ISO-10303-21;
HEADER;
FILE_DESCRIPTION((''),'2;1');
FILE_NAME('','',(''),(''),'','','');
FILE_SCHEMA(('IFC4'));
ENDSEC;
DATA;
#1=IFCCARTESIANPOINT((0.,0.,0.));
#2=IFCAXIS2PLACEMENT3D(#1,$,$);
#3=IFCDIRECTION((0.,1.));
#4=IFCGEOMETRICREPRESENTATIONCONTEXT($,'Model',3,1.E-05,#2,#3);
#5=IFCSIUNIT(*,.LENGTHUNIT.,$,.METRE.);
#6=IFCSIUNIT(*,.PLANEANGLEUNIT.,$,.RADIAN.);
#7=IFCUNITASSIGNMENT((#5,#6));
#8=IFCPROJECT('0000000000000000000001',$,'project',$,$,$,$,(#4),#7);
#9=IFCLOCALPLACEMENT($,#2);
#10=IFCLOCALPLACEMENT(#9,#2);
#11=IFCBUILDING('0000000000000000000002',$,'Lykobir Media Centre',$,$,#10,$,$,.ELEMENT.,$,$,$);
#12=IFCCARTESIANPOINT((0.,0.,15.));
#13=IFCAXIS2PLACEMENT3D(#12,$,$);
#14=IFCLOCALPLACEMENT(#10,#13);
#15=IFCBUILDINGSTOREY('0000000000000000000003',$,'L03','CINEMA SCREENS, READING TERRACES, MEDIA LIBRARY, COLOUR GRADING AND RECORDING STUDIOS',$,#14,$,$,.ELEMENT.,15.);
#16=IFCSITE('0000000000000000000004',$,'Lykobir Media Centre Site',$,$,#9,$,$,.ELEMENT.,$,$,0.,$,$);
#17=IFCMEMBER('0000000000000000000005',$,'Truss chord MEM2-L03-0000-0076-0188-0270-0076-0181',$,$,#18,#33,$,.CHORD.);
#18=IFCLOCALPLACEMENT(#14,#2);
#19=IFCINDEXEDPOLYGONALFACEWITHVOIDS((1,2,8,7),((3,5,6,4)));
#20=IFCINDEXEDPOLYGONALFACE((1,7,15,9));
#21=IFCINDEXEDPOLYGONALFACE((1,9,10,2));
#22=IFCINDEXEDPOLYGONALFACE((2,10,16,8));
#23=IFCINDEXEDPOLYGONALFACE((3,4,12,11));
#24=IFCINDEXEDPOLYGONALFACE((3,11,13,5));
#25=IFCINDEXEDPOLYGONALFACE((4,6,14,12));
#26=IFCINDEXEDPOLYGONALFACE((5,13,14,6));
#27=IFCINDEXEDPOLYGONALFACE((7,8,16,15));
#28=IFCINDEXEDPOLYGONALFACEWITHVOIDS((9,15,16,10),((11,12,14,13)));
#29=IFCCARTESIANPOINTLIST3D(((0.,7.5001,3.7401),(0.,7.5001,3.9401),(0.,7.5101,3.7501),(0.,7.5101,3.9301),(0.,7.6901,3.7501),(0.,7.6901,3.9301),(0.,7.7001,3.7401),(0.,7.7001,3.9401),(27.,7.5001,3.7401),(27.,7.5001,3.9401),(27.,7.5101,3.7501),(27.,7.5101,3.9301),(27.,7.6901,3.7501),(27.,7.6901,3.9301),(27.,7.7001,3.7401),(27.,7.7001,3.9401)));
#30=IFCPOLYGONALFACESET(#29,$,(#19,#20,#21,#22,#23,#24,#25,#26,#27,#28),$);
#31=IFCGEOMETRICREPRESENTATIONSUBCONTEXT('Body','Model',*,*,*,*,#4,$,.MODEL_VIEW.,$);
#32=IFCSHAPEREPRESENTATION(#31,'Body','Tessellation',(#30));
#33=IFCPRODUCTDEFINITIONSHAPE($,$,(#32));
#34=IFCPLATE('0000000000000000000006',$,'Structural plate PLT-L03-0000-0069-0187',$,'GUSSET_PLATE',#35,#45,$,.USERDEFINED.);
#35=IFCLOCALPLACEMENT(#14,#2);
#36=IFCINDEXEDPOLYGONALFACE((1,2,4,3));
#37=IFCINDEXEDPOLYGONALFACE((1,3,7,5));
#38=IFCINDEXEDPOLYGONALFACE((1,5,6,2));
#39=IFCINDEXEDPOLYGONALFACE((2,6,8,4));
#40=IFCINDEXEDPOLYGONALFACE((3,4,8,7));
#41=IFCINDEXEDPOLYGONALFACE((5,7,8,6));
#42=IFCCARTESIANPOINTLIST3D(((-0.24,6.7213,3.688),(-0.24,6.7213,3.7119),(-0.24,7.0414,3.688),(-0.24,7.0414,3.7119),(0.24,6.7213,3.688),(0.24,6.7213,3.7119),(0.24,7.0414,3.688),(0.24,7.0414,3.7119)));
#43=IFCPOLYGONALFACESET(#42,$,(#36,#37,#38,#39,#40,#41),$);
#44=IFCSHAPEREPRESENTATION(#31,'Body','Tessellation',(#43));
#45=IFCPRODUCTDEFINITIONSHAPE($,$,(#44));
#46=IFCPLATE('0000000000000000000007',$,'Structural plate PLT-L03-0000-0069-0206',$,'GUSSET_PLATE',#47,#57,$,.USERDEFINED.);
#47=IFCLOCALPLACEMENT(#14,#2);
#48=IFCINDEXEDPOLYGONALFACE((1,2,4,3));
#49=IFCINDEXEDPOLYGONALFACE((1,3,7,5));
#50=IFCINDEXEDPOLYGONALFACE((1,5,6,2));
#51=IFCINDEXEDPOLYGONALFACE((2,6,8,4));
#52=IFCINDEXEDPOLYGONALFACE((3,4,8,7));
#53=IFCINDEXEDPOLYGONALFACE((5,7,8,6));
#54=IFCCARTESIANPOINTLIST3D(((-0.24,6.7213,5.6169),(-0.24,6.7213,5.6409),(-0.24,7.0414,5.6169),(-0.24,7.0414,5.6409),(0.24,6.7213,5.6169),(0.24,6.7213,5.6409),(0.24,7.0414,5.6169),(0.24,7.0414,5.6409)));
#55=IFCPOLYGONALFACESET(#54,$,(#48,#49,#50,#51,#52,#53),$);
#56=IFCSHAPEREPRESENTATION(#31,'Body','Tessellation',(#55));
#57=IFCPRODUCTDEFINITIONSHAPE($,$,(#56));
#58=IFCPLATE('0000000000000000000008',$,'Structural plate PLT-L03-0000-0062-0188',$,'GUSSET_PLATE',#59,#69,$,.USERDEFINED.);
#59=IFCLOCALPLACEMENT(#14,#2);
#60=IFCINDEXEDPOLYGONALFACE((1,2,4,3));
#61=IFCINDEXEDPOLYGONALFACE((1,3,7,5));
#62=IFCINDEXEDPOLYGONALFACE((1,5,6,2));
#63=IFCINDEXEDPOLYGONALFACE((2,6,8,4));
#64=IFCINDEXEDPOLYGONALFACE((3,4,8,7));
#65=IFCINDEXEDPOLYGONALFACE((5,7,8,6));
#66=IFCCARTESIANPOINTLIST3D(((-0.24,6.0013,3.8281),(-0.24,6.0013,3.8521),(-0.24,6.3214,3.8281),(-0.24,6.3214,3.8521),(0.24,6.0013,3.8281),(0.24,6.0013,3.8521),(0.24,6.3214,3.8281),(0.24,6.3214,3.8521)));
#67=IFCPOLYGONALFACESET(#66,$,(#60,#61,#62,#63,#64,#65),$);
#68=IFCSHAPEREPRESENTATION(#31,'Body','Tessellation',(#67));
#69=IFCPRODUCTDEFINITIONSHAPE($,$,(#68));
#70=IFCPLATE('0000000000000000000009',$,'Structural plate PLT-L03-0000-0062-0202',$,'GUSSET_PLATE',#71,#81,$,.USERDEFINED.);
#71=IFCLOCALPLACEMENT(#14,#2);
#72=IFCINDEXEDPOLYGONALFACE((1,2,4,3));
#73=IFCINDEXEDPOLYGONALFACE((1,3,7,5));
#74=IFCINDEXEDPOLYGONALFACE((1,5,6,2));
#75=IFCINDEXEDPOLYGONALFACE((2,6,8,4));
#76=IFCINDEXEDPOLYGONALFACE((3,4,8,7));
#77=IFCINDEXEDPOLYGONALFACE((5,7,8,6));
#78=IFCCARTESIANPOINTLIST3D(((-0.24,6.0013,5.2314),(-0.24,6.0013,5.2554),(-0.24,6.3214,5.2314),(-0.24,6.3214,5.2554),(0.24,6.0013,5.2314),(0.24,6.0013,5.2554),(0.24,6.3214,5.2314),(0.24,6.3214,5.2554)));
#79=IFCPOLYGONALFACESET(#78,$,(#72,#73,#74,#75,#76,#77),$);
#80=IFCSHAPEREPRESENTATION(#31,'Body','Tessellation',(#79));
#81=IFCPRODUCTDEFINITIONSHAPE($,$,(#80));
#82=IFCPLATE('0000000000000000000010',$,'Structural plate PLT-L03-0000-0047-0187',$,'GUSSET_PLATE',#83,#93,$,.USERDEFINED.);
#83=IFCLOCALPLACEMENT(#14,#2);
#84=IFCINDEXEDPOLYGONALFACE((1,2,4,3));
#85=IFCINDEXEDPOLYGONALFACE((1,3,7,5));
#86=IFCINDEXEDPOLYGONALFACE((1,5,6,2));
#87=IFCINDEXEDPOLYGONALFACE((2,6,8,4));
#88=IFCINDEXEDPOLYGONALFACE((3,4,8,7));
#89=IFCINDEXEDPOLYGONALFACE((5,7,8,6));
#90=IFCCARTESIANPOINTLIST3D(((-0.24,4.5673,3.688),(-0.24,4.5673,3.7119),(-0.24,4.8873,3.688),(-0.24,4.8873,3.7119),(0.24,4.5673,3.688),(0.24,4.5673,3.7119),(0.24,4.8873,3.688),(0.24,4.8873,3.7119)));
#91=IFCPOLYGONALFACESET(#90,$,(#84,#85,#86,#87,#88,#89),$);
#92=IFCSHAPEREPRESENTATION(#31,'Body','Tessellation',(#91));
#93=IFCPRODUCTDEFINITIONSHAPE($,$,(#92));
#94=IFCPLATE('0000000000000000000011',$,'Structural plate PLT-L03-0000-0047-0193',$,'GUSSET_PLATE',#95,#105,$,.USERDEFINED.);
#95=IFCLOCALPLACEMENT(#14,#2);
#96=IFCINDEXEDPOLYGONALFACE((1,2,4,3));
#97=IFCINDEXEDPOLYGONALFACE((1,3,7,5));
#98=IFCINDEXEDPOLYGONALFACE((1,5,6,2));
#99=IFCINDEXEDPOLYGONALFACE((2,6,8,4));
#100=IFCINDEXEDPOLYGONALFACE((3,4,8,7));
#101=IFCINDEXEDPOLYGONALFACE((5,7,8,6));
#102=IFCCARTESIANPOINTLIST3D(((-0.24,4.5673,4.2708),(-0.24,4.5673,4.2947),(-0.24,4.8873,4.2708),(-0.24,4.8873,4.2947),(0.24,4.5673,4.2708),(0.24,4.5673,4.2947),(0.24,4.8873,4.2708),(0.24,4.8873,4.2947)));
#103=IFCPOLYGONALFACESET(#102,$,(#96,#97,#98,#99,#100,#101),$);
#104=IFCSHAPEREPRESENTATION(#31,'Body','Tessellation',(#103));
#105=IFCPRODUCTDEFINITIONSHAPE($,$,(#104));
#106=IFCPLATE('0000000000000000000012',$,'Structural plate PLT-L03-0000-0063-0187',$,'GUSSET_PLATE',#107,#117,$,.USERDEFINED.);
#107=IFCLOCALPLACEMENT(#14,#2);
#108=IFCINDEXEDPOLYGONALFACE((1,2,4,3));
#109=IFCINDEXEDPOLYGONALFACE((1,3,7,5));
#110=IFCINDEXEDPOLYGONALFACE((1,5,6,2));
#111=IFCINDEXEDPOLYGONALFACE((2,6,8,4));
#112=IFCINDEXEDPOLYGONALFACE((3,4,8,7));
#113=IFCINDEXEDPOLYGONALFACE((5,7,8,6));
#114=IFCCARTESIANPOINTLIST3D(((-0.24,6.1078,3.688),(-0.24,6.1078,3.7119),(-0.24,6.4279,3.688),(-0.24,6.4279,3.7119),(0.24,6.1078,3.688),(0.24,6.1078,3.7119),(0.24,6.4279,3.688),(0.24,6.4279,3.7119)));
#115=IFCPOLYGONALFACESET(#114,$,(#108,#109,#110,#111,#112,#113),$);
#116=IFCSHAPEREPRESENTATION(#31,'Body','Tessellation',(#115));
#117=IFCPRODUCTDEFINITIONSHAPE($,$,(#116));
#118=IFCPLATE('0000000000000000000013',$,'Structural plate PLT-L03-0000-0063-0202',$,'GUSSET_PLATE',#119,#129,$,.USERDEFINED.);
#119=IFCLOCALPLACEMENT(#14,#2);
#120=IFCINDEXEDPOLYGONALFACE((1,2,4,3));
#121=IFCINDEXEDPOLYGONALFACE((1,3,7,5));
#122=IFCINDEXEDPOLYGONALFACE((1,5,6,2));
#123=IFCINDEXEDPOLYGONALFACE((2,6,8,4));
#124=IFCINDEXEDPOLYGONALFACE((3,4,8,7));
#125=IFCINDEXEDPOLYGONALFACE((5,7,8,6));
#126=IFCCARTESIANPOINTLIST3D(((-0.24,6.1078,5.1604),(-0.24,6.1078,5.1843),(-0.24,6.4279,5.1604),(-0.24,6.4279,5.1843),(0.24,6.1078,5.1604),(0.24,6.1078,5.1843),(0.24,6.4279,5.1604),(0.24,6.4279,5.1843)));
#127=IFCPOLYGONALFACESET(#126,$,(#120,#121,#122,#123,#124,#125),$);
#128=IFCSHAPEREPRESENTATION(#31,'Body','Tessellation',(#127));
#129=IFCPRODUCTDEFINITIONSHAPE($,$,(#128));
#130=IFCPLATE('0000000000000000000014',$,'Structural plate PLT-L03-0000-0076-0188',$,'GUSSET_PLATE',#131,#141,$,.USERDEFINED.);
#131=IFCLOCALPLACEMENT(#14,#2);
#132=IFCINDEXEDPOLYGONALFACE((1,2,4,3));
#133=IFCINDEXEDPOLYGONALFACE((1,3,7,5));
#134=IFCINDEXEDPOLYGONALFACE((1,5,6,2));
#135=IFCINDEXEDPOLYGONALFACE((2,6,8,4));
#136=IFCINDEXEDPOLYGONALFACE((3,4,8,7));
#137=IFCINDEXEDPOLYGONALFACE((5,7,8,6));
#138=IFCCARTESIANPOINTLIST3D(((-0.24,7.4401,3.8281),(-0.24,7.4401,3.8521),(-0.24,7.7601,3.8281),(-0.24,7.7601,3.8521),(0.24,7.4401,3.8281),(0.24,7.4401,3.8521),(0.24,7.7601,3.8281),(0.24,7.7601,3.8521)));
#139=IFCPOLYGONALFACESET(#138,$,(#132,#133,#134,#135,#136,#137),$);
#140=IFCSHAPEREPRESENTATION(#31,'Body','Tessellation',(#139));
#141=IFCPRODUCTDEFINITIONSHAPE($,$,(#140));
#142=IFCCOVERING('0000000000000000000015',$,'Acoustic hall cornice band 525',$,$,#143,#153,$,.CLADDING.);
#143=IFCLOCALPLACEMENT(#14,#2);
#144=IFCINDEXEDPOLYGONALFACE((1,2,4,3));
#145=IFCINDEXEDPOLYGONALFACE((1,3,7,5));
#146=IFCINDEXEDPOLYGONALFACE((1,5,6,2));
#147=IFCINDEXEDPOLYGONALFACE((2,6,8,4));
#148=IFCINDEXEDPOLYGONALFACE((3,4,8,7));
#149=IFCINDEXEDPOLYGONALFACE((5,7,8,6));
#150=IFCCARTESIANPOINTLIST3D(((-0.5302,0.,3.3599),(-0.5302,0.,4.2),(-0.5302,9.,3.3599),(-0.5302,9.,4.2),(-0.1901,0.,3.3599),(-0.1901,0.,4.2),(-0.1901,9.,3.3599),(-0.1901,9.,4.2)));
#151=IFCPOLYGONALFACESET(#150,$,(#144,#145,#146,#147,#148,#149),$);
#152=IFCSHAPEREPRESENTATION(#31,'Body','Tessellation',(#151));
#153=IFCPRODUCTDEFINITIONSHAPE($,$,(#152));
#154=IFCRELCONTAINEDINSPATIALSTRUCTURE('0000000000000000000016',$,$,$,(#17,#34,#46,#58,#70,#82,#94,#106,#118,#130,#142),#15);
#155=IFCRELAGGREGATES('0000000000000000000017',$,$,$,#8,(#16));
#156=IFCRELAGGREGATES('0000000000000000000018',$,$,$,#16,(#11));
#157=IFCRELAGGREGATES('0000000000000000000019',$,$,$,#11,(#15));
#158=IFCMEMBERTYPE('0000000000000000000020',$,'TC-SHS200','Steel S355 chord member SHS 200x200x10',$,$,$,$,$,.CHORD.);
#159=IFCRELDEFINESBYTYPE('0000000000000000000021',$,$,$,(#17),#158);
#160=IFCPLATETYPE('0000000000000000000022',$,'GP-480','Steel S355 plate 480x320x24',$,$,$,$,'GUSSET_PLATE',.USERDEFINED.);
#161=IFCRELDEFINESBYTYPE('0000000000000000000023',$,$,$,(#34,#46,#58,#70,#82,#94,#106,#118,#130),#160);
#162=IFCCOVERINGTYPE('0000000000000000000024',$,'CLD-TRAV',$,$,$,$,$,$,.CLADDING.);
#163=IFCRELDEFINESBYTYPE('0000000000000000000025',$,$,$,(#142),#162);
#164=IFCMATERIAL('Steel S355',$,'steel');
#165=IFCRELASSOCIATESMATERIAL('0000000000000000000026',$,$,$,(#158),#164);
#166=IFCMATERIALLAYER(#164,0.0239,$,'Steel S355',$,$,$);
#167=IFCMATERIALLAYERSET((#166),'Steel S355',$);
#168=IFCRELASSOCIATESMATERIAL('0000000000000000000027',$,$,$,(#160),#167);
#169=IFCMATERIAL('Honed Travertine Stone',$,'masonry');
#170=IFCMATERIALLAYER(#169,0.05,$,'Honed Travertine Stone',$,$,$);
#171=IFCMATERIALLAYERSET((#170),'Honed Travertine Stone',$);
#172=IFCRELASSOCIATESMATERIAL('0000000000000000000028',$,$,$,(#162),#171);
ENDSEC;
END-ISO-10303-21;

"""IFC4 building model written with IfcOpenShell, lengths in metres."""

from ifc_helpers import new_model, si_unit, direction, frame, origin, origin_2d, place, context, subcontext, project, spatial, rectangle, hollow_rectangle, extrude, material, layer, layer_set, material_profile, profile_set, type_object, element, save


model = new_model("IFC4")

# Units and contexts
model_context = context("Model", 3, precision=1e-05, world=origin(), true_north=direction((0.0, 1.0)))
body_context = subcontext(model_context, "Body", "Model", "MODEL_VIEW")
ifc_project = project(units=[si_unit("LENGTHUNIT", "METRE"), si_unit("PLANEANGLEUNIT", "RADIAN")], contexts=[model_context])

# Site, building, storey
site_placement = place(None, origin())
site = spatial("IfcSite", under=ifc_project, at=site_placement, Name="Lykobir Media Centre Site", CompositionType="ELEMENT", RefElevation=0.0)
building_placement = place(site_placement, origin())
building = spatial("IfcBuilding", under=site, at=building_placement, Name="Lykobir Media Centre", CompositionType="ELEMENT")
storey_placement = place(building_placement, frame((0.0, 0.0, 15.0)))
storey = spatial("IfcBuildingStorey", under=building, at=storey_placement, Name="L03", Description="CINEMA SCREENS, READING TERRACES, MEDIA LIBRARY, COLOUR GRADING AND RECORDING STUDIOS", CompositionType="ELEMENT", Elevation=15.0)

# Shared definitions
ifc_material_1 = material(Name="Honed Travertine Stone", Category="masonry")

# Shared definitions
ifc_material_2 = material(Name="Steel S355", Category="steel")

# Member
ifc_material_profile_1 = material_profile(ifc_material_2, hollow_rectangle(XDim=0.2, YDim=0.2, WallThickness=0.01, at=origin_2d()), Name="SHS 200x200x10")
ifc_profile_set_1 = profile_set([ifc_material_profile_1], Name="Steel S355")
member_type_1 = type_object("IfcMemberType", Name="TC-SHS200", Description="Steel S355 chord member SHS 200x200x10", PredefinedType="CHORD", material=ifc_profile_set_1)
member_1_placement = place(storey_placement, frame((0.0, 7.6001, 3.8401), z_axis=(1.0, 0.0, 0.0), x_axis=(0.0, 1.0, 0.0)))
element("IfcMember", 1, at=member_1_placement, inside=storey, type_object=member_type_1, Name="Truss chord MEM2-L03-0000-0076-0188-0270-0076-0181", PredefinedType="CHORD", context=body_context, shape_type="SweptSolid", body=[
    extrude(hollow_rectangle(XDim=0.2, YDim=0.2, WallThickness=0.01, at=origin_2d()), origin(), (0.0, 0.0, 1.0), 27.0),
])

# Plates
ifc_layer_1 = layer(ifc_material_2, 0.0239, Name="Steel S355")
ifc_layer_set_1 = layer_set([ifc_layer_1], Name="Steel S355")
plate_type = type_object("IfcPlateType", Name="GP-480", Description="Steel S355 plate 480x320x24", ElementType="GUSSET_PLATE", PredefinedType="USERDEFINED", material=ifc_layer_set_1)
for number, where, z_axis, x_axis, name in (
    (2, (0.0, 6.8813, 3.688), (0.0, 0.0, 1.0), (1.0, 0.0, 0.0), "Structural plate PLT-L03-0000-0069-0187"),
    (3, (0.0, 6.8813, 5.6169), (0.0, 0.0, 1.0), (1.0, 0.0, 0.0), "Structural plate PLT-L03-0000-0069-0206"),
    (4, (0.0, 6.1614, 3.8281), (0.0, 0.0, 1.0), (1.0, 0.0, 0.0), "Structural plate PLT-L03-0000-0062-0188"),
    (5, (0.0, 6.1614, 5.2314), (0.0, 0.0, 1.0), (1.0, 0.0, 0.0), "Structural plate PLT-L03-0000-0062-0202"),
    (6, (0.0, 4.7273, 3.688), (0.0, 0.0, 1.0), (1.0, 0.0, 0.0), "Structural plate PLT-L03-0000-0047-0187"),
    (7, (0.0, 4.7273, 4.2708), (0.0, 0.0, 1.0), (1.0, 0.0, 0.0), "Structural plate PLT-L03-0000-0047-0193"),
    (8, (0.0, 6.2678, 3.688), (0.0, 0.0, 1.0), (1.0, 0.0, 0.0), "Structural plate PLT-L03-0000-0063-0187"),
    (9, (0.0, 6.2678, 5.1604), (0.0, 0.0, 1.0), (1.0, 0.0, 0.0), "Structural plate PLT-L03-0000-0063-0202"),
    (10, (0.0, 7.6001, 3.8281), (0.0, 0.0, 1.0), (1.0, 0.0, 0.0), "Structural plate PLT-L03-0000-0076-0188"),
):
    element("IfcPlate", number, at=place(storey_placement, frame(where, z_axis=z_axis, x_axis=x_axis)), inside=storey, type_object=plate_type, Name=name, ObjectType="GUSSET_PLATE", PredefinedType="USERDEFINED", context=body_context, shape_type="SweptSolid", body=[
        extrude(rectangle(XDim=0.48, YDim=0.3201, at=origin_2d()), origin(), (0.0, 0.0, 1.0), 0.0239),
    ])

# Covering
ifc_layer_2 = layer(ifc_material_1, 0.05, Name="Honed Travertine Stone")
ifc_layer_set_2 = layer_set([ifc_layer_2], Name="Honed Travertine Stone")
covering_type = type_object("IfcCoveringType", Name="CLD-TRAV", PredefinedType="CLADDING", material=ifc_layer_set_2)
covering_placement = place(storey_placement, frame((-0.3601, 4.5, 3.3599), z_axis=(0.0, 0.0, 1.0), x_axis=(0.0, -1.0, 0.0)))
element("IfcCovering", 11, at=covering_placement, inside=storey, type_object=covering_type, Name="Acoustic hall cornice band 525", PredefinedType="CLADDING", context=body_context, shape_type="SweptSolid", body=[
    extrude(rectangle(XDim=9.0, YDim=0.3401, at=origin_2d()), origin(), (0.0, 0.0, 1.0), 0.8401),
])

save(model, "model.ifc")
